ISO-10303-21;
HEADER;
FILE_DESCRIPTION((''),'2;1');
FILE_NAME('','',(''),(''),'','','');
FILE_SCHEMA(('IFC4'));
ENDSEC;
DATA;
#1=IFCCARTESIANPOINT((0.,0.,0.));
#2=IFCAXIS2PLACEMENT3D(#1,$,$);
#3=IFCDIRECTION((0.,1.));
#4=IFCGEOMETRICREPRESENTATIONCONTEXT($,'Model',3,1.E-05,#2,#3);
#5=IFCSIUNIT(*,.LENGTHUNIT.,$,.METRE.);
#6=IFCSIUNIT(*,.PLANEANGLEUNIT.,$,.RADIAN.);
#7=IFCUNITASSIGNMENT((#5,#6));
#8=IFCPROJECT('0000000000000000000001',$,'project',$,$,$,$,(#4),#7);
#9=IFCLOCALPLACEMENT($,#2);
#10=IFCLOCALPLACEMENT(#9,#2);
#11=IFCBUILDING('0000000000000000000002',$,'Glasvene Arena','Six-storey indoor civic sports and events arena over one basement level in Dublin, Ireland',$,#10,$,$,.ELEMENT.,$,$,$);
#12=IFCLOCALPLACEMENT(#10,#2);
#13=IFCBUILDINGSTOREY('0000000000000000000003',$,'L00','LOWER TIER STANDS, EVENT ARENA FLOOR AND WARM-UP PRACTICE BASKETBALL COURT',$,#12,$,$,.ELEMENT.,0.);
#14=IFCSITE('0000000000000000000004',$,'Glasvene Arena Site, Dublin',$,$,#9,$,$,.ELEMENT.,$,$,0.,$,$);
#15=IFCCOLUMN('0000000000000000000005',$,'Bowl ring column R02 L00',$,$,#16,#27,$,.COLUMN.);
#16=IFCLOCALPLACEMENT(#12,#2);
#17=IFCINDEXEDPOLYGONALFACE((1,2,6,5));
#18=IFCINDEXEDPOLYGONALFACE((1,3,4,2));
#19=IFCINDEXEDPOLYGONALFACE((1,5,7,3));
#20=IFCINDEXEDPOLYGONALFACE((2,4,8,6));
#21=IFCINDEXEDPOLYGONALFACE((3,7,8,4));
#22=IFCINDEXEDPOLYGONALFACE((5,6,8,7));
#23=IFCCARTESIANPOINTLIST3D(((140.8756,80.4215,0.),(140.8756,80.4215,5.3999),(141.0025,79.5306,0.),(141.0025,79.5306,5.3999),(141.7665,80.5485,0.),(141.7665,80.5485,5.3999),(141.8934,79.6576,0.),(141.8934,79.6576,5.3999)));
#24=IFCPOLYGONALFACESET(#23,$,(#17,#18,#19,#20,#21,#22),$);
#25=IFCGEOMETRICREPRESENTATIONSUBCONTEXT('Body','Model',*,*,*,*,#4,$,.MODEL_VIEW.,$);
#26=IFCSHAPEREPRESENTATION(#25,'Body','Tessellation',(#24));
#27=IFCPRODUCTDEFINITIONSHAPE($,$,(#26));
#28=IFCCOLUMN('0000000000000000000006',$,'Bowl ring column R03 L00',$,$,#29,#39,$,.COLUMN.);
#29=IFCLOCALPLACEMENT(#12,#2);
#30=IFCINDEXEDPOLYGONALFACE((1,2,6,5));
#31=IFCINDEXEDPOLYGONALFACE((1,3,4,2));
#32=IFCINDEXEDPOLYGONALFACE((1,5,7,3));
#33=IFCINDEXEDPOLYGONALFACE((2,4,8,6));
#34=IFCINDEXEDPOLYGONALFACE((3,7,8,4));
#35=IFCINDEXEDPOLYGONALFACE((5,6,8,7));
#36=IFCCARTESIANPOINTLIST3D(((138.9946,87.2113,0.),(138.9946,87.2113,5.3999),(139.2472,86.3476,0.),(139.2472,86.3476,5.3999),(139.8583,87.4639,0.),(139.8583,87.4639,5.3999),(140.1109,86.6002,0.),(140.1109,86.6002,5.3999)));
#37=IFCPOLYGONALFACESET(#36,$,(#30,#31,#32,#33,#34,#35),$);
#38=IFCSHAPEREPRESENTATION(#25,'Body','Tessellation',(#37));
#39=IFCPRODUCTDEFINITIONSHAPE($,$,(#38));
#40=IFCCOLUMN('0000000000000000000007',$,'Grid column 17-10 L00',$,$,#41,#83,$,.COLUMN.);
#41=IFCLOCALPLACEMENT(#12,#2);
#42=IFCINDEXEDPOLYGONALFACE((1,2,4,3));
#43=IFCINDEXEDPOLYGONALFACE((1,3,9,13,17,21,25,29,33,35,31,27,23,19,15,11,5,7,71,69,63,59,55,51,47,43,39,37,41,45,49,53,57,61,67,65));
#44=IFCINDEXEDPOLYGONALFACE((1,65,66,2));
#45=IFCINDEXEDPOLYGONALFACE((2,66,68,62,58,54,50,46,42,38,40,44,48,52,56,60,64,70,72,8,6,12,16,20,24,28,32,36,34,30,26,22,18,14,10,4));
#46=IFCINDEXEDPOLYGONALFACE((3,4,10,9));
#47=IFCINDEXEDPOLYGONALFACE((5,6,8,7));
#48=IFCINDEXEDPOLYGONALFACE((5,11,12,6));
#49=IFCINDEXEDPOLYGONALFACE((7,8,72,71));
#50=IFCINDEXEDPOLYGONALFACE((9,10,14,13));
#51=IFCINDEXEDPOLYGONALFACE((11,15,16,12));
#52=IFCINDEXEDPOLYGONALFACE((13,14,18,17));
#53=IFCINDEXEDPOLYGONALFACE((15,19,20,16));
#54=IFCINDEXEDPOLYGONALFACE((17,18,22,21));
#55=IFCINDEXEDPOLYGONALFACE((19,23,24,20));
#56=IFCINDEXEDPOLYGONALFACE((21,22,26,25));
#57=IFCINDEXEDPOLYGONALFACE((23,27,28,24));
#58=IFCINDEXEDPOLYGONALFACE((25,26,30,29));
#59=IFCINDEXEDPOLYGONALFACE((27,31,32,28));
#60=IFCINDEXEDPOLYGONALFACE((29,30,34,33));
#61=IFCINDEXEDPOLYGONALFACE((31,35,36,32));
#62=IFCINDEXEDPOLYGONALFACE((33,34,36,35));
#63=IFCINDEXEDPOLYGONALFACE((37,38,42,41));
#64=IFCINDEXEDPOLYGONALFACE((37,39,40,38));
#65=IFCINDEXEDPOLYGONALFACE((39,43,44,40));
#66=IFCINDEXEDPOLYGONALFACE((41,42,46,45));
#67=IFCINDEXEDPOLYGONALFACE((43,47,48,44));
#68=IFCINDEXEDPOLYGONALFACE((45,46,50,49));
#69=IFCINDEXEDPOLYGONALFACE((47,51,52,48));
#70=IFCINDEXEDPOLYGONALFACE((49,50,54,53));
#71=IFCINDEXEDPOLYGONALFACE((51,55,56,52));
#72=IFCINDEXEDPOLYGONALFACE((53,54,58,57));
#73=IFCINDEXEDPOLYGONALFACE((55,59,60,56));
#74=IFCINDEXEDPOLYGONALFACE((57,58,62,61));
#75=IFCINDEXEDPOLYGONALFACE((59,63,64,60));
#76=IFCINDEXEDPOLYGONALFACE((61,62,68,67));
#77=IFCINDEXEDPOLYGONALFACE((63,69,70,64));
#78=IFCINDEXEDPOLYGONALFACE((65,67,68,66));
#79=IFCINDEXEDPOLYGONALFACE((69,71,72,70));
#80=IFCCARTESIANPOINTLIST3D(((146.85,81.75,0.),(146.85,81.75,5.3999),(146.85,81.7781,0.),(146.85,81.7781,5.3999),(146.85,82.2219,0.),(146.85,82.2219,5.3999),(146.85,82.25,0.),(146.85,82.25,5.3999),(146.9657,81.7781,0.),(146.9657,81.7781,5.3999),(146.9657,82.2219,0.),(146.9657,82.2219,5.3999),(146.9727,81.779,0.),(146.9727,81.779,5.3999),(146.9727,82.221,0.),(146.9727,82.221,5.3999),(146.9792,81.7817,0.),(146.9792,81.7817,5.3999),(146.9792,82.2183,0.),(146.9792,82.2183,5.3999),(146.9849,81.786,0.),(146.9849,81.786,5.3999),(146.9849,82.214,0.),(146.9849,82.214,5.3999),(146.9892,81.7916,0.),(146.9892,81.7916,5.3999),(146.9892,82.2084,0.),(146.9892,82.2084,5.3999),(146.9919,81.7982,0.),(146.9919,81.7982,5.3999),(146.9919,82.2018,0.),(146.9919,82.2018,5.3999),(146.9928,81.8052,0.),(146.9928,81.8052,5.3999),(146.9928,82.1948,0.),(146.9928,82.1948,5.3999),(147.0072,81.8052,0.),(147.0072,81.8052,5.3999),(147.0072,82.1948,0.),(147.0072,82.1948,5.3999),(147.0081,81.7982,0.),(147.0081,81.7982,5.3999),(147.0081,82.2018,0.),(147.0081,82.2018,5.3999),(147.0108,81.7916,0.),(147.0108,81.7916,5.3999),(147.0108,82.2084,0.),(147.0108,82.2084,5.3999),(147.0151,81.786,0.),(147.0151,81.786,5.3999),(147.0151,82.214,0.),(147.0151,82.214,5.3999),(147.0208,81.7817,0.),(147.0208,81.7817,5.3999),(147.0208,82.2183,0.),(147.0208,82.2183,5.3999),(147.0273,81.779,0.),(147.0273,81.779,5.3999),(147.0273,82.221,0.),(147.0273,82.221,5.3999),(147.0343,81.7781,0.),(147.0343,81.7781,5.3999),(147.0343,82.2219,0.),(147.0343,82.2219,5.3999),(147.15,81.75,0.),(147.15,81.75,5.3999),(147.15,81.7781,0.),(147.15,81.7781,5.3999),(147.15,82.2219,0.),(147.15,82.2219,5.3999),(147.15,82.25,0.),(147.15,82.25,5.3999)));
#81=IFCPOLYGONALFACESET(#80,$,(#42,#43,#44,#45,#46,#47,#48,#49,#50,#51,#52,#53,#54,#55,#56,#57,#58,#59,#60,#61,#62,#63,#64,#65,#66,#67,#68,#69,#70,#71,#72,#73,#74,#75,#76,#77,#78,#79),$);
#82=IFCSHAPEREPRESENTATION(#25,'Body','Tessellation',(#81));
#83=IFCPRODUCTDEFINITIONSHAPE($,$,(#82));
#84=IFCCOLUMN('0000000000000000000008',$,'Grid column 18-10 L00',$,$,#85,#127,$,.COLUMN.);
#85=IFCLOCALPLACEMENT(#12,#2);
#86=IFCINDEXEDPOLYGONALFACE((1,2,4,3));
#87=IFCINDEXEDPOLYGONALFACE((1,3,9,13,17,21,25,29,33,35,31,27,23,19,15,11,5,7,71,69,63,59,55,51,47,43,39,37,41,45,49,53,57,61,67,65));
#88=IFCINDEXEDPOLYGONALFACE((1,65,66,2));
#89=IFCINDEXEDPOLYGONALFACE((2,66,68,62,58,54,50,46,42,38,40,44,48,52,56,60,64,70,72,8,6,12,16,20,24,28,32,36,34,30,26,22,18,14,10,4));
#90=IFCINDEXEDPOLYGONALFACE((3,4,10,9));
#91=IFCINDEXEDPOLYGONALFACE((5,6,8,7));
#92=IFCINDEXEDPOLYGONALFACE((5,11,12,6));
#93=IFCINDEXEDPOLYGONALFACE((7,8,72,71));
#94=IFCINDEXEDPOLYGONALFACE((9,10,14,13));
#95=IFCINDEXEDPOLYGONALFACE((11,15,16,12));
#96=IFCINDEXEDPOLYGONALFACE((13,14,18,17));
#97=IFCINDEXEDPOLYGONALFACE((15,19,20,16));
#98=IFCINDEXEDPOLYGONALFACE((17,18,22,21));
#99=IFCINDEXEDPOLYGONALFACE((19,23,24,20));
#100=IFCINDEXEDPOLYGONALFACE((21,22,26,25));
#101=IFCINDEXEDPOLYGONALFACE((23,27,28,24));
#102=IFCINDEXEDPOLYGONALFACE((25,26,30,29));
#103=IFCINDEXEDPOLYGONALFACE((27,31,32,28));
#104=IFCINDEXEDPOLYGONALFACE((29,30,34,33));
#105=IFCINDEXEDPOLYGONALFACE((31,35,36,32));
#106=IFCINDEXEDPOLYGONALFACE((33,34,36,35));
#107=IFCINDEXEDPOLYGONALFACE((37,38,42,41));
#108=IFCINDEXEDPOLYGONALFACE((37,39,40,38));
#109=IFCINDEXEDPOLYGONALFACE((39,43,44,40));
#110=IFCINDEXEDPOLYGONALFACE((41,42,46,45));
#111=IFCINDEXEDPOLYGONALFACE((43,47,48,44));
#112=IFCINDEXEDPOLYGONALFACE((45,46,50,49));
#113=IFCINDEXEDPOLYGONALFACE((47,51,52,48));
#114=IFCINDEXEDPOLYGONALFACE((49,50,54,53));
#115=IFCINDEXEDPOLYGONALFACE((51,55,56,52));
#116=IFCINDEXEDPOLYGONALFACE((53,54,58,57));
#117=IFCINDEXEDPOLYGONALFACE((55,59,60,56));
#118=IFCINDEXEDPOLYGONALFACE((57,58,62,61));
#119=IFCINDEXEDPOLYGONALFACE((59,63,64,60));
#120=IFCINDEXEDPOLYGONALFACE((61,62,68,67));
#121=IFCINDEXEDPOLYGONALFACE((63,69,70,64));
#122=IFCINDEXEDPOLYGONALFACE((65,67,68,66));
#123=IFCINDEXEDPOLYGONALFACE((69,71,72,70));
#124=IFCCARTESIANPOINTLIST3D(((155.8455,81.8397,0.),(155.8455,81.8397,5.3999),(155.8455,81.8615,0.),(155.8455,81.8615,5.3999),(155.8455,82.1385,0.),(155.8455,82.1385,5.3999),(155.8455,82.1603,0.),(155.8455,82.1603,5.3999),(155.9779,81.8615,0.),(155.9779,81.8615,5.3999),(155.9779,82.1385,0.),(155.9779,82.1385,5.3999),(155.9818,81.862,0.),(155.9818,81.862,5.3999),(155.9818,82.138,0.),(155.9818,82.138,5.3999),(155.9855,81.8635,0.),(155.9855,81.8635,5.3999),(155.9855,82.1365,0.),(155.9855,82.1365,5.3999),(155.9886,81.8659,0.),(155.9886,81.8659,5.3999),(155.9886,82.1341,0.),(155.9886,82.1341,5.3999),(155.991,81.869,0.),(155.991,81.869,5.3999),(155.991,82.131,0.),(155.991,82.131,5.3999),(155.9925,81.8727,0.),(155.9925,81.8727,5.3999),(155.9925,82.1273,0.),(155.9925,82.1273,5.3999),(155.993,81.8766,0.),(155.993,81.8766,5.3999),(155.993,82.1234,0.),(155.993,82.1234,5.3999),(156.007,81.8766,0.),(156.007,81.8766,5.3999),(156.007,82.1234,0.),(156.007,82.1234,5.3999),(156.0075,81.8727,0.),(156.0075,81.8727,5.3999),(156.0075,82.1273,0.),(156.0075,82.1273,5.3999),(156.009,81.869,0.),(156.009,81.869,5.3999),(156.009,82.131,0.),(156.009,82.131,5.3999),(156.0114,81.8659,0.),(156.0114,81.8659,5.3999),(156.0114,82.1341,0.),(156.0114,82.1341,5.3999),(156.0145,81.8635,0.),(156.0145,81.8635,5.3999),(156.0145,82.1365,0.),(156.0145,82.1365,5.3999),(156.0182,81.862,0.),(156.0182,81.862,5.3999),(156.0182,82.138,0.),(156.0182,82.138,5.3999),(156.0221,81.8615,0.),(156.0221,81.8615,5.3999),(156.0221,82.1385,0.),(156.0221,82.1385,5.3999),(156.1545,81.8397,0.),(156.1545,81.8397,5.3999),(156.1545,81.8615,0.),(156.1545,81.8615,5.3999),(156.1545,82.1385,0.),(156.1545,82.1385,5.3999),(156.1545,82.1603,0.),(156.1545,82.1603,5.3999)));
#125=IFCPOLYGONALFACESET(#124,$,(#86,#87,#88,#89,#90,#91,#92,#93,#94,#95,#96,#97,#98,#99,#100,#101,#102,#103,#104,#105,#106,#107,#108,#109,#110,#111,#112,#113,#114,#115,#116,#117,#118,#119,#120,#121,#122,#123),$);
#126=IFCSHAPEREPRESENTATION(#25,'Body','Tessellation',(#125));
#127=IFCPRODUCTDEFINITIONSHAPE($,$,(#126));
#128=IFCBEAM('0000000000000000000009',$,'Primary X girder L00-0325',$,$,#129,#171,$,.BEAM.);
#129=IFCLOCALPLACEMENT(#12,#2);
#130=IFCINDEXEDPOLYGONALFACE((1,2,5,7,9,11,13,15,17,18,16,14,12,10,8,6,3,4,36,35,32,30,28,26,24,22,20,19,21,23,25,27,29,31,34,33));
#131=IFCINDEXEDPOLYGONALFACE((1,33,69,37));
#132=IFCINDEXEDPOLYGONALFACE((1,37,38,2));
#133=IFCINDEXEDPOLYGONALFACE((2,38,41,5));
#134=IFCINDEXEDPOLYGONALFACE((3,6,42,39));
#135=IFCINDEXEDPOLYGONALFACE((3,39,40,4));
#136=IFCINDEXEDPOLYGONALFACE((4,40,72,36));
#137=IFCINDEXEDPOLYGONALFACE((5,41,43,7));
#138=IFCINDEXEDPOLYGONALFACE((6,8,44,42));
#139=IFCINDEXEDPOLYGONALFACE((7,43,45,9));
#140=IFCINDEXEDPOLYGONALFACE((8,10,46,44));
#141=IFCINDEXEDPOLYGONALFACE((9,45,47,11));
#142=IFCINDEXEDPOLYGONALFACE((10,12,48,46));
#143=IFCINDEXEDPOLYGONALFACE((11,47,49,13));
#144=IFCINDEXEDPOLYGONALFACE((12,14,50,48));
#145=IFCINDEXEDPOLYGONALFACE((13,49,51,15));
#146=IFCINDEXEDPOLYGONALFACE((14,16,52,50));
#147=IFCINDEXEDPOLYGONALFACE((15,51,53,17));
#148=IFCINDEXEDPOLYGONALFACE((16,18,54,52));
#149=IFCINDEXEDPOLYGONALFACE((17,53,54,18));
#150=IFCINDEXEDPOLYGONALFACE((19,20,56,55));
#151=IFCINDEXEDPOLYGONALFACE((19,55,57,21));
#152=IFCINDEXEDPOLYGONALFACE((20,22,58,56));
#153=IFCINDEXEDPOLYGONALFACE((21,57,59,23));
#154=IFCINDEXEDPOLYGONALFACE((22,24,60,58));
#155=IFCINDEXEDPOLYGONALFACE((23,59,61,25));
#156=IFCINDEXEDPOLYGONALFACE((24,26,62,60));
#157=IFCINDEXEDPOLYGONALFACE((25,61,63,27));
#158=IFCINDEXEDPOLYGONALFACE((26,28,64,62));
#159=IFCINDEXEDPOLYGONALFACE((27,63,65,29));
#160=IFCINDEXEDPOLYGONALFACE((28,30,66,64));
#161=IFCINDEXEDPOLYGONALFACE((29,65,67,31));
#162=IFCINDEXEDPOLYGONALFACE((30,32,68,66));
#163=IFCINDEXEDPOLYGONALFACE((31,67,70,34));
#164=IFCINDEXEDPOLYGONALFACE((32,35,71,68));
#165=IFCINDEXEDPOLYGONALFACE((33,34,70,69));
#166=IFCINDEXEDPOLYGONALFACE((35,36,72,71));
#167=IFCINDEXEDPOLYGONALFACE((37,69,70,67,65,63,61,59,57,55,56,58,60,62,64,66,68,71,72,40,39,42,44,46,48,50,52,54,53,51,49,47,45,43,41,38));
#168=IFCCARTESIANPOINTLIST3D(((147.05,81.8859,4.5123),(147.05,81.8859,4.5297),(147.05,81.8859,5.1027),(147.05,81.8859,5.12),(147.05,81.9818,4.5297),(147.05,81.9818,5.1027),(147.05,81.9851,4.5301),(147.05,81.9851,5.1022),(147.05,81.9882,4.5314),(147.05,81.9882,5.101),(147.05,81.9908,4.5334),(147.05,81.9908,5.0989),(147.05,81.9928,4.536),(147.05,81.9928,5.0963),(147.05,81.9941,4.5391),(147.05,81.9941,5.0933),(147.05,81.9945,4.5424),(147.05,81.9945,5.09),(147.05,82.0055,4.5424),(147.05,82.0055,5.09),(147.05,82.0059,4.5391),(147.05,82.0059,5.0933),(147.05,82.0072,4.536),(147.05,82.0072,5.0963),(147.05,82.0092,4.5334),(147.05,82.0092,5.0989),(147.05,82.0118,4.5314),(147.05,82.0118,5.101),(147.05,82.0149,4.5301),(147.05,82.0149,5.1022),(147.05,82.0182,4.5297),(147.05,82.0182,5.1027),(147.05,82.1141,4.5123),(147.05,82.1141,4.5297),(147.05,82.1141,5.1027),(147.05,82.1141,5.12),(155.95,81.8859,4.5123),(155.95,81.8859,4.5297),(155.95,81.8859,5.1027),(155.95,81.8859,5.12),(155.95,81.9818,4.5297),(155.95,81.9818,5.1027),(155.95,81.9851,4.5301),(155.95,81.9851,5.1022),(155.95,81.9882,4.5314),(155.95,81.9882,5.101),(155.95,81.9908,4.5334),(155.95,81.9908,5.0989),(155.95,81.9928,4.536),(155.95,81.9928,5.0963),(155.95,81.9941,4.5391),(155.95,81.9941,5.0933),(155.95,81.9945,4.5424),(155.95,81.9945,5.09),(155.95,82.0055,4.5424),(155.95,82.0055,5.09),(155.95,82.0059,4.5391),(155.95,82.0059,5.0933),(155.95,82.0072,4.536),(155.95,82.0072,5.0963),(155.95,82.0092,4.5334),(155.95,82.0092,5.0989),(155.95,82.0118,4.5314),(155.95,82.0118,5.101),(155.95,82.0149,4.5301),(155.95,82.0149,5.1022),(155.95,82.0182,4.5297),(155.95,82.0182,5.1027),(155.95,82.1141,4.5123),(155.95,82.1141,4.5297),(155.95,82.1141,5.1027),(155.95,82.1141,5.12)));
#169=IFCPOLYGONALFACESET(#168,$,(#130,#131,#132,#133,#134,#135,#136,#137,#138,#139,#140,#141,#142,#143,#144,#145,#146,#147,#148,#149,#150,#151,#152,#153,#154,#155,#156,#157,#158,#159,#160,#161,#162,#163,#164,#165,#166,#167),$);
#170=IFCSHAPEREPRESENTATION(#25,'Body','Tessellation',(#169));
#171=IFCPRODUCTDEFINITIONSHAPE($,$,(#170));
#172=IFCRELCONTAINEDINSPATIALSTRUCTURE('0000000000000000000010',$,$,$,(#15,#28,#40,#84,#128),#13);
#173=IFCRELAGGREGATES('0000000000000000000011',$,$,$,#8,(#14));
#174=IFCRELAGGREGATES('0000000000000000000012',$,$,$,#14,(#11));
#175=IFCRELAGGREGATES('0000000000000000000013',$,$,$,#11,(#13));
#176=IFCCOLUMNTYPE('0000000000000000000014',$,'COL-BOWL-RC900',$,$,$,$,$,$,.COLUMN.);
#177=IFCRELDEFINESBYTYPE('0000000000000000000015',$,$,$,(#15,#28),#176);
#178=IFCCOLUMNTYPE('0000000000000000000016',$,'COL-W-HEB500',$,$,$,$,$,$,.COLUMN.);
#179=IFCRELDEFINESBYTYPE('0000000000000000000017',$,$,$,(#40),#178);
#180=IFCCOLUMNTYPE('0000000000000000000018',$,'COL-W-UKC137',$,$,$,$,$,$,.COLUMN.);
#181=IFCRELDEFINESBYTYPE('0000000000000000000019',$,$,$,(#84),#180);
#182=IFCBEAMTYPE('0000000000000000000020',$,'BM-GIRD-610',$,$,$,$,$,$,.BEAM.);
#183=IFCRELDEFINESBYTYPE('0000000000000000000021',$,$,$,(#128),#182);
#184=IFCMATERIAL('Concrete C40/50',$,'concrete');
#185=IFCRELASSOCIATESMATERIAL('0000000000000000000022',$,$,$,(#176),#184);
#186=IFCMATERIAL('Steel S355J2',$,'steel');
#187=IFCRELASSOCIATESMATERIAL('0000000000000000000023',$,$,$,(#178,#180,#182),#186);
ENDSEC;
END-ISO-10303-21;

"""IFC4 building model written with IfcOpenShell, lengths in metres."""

from ifc_helpers import new_model, si_unit, direction, frame, origin, origin_2d, place, context, subcontext, project, spatial, rectangle, i_section, extrude, material, material_profile, profile_set, type_object, element, save


model = new_model("IFC4")

# Units and contexts
model_context = context("Model", 3, precision=1e-05, world=origin(), true_north=direction((0.0, 1.0)))
body_context = subcontext(model_context, "Body", "Model", "MODEL_VIEW")
ifc_project = project(units=[si_unit("LENGTHUNIT", "METRE"), si_unit("PLANEANGLEUNIT", "RADIAN")], contexts=[model_context])

# Site, building, storey
site_placement = place(None, origin())
site = spatial("IfcSite", under=ifc_project, at=site_placement, Name="Glasvene Arena Site, Dublin", CompositionType="ELEMENT", RefElevation=0.0)
building_placement = place(site_placement, origin())
building = spatial("IfcBuilding", under=site, at=building_placement, Name="Glasvene Arena", Description="Six-storey indoor civic sports and events arena over one basement level in Dublin, Ireland", CompositionType="ELEMENT")
storey_placement = place(building_placement, origin())
storey = spatial("IfcBuildingStorey", under=building, at=storey_placement, Name="L00", Description="LOWER TIER STANDS, EVENT ARENA FLOOR AND WARM-UP PRACTICE BASKETBALL COURT", CompositionType="ELEMENT", Elevation=0.0)

# Columns
ifc_material_1 = material(Name="Concrete C40/50", Category="concrete")
ifc_material_profile_1 = material_profile(ifc_material_1, rectangle(XDim=0.8999, YDim=0.8999, at=origin_2d()), Name="RC 900x900")
ifc_profile_set_1 = profile_set([ifc_material_profile_1], Name="Concrete C40/50")
column_type_1 = type_object("IfcColumnType", Name="COL-BOWL-RC900", PredefinedType="COLUMN", material=ifc_profile_set_1)
for number, where, z_axis, x_axis, name in (
    (1, (141.3845, 80.0396, 0.0), (0.0, 0.0, 1.0), (0.989999, 0.141074, 0.0), "Bowl ring column R02 L00"),
    (2, (139.5527, 86.9058, 0.0), (0.0, 0.0, 1.0), (0.959805, 0.280667, 0.0), "Bowl ring column R03 L00"),
):
    element("IfcColumn", number, at=place(storey_placement, frame(where, z_axis=z_axis, x_axis=x_axis)), inside=storey, type_object=column_type_1, Name=name, PredefinedType="COLUMN", context=body_context, shape_type="SweptSolid", body=[
        extrude(rectangle(XDim=0.8999, YDim=0.8999, at=origin_2d()), origin(), (0.0, 0.0, 1.0), 5.3999),
    ])
ifc_material_2 = material(Name="Steel S355J2", Category="steel")
ifc_material_profile_2 = material_profile(ifc_material_2, i_section(OverallWidth=0.3, OverallDepth=0.5, WebThickness=0.0144, FlangeThickness=0.0281, FilletRadius=0.0271, at=origin_2d()), Name="HEB 500")
ifc_profile_set_2 = profile_set([ifc_material_profile_2], Name="Steel S355J2")
column_type_2 = type_object("IfcColumnType", Name="COL-W-HEB500", PredefinedType="COLUMN", material=ifc_profile_set_2)
column_1_placement = place(storey_placement, frame((147.0, 82.0, 0.0), z_axis=(0.0, 0.0, 1.0), x_axis=(1.0, 0.0, 0.0)))
element("IfcColumn", 3, at=column_1_placement, inside=storey, type_object=column_type_2, Name="Grid column 17-10 L00", PredefinedType="COLUMN", context=body_context, shape_type="SweptSolid", body=[
    extrude(i_section(OverallWidth=0.3, OverallDepth=0.5, WebThickness=0.0144, FlangeThickness=0.0281, FilletRadius=0.0271, at=origin_2d()), origin(), (0.0, 0.0, 1.0), 5.3999),
])
ifc_material_profile_3 = material_profile(ifc_material_2, i_section(OverallWidth=0.3091, OverallDepth=0.3206, WebThickness=0.0139, FlangeThickness=0.0217, FilletRadius=0.0151, at=origin_2d()), Name="UKC 305x305x137")
ifc_profile_set_3 = profile_set([ifc_material_profile_3], Name="Steel S355J2")
column_type_3 = type_object("IfcColumnType", Name="COL-W-UKC137", PredefinedType="COLUMN", material=ifc_profile_set_3)
column_2_placement = place(storey_placement, frame((156.0, 82.0, 0.0), z_axis=(0.0, 0.0, 1.0), x_axis=(1.0, 0.0, 0.0)))
element("IfcColumn", 4, at=column_2_placement, inside=storey, type_object=column_type_3, Name="Grid column 18-10 L00", PredefinedType="COLUMN", context=body_context, shape_type="SweptSolid", body=[
    extrude(i_section(OverallWidth=0.3091, OverallDepth=0.3206, WebThickness=0.0139, FlangeThickness=0.0217, FilletRadius=0.0151, at=origin_2d()), origin(), (0.0, 0.0, 1.0), 5.3999),
])

# Beam
ifc_material_profile_4 = material_profile(ifc_material_2, i_section(OverallWidth=0.2283, OverallDepth=0.6077, WebThickness=0.011, FlangeThickness=0.0173, FilletRadius=0.0127, at=origin_2d()), Name="UKB 610x229x113")
ifc_profile_set_4 = profile_set([ifc_material_profile_4], Name="Steel S355J2")
beam_type_1 = type_object("IfcBeamType", Name="BM-GIRD-610", PredefinedType="BEAM", material=ifc_profile_set_4)
beam_1_placement = place(storey_placement, frame((147.05, 82.0, 4.8162), z_axis=(1.0, 0.0, 0.0), x_axis=(0.0, 1.0, 0.0)))
element("IfcBeam", 5, at=beam_1_placement, inside=storey, type_object=beam_type_1, Name="Primary X girder L00-0325", PredefinedType="BEAM", context=body_context, shape_type="SweptSolid", body=[
    extrude(i_section(OverallWidth=0.2283, OverallDepth=0.6077, WebThickness=0.011, FlangeThickness=0.0173, FilletRadius=0.0127, at=origin_2d()), origin(), (0.0, 0.0, 1.0), 8.8999),
])

save(model, "model.ifc")
